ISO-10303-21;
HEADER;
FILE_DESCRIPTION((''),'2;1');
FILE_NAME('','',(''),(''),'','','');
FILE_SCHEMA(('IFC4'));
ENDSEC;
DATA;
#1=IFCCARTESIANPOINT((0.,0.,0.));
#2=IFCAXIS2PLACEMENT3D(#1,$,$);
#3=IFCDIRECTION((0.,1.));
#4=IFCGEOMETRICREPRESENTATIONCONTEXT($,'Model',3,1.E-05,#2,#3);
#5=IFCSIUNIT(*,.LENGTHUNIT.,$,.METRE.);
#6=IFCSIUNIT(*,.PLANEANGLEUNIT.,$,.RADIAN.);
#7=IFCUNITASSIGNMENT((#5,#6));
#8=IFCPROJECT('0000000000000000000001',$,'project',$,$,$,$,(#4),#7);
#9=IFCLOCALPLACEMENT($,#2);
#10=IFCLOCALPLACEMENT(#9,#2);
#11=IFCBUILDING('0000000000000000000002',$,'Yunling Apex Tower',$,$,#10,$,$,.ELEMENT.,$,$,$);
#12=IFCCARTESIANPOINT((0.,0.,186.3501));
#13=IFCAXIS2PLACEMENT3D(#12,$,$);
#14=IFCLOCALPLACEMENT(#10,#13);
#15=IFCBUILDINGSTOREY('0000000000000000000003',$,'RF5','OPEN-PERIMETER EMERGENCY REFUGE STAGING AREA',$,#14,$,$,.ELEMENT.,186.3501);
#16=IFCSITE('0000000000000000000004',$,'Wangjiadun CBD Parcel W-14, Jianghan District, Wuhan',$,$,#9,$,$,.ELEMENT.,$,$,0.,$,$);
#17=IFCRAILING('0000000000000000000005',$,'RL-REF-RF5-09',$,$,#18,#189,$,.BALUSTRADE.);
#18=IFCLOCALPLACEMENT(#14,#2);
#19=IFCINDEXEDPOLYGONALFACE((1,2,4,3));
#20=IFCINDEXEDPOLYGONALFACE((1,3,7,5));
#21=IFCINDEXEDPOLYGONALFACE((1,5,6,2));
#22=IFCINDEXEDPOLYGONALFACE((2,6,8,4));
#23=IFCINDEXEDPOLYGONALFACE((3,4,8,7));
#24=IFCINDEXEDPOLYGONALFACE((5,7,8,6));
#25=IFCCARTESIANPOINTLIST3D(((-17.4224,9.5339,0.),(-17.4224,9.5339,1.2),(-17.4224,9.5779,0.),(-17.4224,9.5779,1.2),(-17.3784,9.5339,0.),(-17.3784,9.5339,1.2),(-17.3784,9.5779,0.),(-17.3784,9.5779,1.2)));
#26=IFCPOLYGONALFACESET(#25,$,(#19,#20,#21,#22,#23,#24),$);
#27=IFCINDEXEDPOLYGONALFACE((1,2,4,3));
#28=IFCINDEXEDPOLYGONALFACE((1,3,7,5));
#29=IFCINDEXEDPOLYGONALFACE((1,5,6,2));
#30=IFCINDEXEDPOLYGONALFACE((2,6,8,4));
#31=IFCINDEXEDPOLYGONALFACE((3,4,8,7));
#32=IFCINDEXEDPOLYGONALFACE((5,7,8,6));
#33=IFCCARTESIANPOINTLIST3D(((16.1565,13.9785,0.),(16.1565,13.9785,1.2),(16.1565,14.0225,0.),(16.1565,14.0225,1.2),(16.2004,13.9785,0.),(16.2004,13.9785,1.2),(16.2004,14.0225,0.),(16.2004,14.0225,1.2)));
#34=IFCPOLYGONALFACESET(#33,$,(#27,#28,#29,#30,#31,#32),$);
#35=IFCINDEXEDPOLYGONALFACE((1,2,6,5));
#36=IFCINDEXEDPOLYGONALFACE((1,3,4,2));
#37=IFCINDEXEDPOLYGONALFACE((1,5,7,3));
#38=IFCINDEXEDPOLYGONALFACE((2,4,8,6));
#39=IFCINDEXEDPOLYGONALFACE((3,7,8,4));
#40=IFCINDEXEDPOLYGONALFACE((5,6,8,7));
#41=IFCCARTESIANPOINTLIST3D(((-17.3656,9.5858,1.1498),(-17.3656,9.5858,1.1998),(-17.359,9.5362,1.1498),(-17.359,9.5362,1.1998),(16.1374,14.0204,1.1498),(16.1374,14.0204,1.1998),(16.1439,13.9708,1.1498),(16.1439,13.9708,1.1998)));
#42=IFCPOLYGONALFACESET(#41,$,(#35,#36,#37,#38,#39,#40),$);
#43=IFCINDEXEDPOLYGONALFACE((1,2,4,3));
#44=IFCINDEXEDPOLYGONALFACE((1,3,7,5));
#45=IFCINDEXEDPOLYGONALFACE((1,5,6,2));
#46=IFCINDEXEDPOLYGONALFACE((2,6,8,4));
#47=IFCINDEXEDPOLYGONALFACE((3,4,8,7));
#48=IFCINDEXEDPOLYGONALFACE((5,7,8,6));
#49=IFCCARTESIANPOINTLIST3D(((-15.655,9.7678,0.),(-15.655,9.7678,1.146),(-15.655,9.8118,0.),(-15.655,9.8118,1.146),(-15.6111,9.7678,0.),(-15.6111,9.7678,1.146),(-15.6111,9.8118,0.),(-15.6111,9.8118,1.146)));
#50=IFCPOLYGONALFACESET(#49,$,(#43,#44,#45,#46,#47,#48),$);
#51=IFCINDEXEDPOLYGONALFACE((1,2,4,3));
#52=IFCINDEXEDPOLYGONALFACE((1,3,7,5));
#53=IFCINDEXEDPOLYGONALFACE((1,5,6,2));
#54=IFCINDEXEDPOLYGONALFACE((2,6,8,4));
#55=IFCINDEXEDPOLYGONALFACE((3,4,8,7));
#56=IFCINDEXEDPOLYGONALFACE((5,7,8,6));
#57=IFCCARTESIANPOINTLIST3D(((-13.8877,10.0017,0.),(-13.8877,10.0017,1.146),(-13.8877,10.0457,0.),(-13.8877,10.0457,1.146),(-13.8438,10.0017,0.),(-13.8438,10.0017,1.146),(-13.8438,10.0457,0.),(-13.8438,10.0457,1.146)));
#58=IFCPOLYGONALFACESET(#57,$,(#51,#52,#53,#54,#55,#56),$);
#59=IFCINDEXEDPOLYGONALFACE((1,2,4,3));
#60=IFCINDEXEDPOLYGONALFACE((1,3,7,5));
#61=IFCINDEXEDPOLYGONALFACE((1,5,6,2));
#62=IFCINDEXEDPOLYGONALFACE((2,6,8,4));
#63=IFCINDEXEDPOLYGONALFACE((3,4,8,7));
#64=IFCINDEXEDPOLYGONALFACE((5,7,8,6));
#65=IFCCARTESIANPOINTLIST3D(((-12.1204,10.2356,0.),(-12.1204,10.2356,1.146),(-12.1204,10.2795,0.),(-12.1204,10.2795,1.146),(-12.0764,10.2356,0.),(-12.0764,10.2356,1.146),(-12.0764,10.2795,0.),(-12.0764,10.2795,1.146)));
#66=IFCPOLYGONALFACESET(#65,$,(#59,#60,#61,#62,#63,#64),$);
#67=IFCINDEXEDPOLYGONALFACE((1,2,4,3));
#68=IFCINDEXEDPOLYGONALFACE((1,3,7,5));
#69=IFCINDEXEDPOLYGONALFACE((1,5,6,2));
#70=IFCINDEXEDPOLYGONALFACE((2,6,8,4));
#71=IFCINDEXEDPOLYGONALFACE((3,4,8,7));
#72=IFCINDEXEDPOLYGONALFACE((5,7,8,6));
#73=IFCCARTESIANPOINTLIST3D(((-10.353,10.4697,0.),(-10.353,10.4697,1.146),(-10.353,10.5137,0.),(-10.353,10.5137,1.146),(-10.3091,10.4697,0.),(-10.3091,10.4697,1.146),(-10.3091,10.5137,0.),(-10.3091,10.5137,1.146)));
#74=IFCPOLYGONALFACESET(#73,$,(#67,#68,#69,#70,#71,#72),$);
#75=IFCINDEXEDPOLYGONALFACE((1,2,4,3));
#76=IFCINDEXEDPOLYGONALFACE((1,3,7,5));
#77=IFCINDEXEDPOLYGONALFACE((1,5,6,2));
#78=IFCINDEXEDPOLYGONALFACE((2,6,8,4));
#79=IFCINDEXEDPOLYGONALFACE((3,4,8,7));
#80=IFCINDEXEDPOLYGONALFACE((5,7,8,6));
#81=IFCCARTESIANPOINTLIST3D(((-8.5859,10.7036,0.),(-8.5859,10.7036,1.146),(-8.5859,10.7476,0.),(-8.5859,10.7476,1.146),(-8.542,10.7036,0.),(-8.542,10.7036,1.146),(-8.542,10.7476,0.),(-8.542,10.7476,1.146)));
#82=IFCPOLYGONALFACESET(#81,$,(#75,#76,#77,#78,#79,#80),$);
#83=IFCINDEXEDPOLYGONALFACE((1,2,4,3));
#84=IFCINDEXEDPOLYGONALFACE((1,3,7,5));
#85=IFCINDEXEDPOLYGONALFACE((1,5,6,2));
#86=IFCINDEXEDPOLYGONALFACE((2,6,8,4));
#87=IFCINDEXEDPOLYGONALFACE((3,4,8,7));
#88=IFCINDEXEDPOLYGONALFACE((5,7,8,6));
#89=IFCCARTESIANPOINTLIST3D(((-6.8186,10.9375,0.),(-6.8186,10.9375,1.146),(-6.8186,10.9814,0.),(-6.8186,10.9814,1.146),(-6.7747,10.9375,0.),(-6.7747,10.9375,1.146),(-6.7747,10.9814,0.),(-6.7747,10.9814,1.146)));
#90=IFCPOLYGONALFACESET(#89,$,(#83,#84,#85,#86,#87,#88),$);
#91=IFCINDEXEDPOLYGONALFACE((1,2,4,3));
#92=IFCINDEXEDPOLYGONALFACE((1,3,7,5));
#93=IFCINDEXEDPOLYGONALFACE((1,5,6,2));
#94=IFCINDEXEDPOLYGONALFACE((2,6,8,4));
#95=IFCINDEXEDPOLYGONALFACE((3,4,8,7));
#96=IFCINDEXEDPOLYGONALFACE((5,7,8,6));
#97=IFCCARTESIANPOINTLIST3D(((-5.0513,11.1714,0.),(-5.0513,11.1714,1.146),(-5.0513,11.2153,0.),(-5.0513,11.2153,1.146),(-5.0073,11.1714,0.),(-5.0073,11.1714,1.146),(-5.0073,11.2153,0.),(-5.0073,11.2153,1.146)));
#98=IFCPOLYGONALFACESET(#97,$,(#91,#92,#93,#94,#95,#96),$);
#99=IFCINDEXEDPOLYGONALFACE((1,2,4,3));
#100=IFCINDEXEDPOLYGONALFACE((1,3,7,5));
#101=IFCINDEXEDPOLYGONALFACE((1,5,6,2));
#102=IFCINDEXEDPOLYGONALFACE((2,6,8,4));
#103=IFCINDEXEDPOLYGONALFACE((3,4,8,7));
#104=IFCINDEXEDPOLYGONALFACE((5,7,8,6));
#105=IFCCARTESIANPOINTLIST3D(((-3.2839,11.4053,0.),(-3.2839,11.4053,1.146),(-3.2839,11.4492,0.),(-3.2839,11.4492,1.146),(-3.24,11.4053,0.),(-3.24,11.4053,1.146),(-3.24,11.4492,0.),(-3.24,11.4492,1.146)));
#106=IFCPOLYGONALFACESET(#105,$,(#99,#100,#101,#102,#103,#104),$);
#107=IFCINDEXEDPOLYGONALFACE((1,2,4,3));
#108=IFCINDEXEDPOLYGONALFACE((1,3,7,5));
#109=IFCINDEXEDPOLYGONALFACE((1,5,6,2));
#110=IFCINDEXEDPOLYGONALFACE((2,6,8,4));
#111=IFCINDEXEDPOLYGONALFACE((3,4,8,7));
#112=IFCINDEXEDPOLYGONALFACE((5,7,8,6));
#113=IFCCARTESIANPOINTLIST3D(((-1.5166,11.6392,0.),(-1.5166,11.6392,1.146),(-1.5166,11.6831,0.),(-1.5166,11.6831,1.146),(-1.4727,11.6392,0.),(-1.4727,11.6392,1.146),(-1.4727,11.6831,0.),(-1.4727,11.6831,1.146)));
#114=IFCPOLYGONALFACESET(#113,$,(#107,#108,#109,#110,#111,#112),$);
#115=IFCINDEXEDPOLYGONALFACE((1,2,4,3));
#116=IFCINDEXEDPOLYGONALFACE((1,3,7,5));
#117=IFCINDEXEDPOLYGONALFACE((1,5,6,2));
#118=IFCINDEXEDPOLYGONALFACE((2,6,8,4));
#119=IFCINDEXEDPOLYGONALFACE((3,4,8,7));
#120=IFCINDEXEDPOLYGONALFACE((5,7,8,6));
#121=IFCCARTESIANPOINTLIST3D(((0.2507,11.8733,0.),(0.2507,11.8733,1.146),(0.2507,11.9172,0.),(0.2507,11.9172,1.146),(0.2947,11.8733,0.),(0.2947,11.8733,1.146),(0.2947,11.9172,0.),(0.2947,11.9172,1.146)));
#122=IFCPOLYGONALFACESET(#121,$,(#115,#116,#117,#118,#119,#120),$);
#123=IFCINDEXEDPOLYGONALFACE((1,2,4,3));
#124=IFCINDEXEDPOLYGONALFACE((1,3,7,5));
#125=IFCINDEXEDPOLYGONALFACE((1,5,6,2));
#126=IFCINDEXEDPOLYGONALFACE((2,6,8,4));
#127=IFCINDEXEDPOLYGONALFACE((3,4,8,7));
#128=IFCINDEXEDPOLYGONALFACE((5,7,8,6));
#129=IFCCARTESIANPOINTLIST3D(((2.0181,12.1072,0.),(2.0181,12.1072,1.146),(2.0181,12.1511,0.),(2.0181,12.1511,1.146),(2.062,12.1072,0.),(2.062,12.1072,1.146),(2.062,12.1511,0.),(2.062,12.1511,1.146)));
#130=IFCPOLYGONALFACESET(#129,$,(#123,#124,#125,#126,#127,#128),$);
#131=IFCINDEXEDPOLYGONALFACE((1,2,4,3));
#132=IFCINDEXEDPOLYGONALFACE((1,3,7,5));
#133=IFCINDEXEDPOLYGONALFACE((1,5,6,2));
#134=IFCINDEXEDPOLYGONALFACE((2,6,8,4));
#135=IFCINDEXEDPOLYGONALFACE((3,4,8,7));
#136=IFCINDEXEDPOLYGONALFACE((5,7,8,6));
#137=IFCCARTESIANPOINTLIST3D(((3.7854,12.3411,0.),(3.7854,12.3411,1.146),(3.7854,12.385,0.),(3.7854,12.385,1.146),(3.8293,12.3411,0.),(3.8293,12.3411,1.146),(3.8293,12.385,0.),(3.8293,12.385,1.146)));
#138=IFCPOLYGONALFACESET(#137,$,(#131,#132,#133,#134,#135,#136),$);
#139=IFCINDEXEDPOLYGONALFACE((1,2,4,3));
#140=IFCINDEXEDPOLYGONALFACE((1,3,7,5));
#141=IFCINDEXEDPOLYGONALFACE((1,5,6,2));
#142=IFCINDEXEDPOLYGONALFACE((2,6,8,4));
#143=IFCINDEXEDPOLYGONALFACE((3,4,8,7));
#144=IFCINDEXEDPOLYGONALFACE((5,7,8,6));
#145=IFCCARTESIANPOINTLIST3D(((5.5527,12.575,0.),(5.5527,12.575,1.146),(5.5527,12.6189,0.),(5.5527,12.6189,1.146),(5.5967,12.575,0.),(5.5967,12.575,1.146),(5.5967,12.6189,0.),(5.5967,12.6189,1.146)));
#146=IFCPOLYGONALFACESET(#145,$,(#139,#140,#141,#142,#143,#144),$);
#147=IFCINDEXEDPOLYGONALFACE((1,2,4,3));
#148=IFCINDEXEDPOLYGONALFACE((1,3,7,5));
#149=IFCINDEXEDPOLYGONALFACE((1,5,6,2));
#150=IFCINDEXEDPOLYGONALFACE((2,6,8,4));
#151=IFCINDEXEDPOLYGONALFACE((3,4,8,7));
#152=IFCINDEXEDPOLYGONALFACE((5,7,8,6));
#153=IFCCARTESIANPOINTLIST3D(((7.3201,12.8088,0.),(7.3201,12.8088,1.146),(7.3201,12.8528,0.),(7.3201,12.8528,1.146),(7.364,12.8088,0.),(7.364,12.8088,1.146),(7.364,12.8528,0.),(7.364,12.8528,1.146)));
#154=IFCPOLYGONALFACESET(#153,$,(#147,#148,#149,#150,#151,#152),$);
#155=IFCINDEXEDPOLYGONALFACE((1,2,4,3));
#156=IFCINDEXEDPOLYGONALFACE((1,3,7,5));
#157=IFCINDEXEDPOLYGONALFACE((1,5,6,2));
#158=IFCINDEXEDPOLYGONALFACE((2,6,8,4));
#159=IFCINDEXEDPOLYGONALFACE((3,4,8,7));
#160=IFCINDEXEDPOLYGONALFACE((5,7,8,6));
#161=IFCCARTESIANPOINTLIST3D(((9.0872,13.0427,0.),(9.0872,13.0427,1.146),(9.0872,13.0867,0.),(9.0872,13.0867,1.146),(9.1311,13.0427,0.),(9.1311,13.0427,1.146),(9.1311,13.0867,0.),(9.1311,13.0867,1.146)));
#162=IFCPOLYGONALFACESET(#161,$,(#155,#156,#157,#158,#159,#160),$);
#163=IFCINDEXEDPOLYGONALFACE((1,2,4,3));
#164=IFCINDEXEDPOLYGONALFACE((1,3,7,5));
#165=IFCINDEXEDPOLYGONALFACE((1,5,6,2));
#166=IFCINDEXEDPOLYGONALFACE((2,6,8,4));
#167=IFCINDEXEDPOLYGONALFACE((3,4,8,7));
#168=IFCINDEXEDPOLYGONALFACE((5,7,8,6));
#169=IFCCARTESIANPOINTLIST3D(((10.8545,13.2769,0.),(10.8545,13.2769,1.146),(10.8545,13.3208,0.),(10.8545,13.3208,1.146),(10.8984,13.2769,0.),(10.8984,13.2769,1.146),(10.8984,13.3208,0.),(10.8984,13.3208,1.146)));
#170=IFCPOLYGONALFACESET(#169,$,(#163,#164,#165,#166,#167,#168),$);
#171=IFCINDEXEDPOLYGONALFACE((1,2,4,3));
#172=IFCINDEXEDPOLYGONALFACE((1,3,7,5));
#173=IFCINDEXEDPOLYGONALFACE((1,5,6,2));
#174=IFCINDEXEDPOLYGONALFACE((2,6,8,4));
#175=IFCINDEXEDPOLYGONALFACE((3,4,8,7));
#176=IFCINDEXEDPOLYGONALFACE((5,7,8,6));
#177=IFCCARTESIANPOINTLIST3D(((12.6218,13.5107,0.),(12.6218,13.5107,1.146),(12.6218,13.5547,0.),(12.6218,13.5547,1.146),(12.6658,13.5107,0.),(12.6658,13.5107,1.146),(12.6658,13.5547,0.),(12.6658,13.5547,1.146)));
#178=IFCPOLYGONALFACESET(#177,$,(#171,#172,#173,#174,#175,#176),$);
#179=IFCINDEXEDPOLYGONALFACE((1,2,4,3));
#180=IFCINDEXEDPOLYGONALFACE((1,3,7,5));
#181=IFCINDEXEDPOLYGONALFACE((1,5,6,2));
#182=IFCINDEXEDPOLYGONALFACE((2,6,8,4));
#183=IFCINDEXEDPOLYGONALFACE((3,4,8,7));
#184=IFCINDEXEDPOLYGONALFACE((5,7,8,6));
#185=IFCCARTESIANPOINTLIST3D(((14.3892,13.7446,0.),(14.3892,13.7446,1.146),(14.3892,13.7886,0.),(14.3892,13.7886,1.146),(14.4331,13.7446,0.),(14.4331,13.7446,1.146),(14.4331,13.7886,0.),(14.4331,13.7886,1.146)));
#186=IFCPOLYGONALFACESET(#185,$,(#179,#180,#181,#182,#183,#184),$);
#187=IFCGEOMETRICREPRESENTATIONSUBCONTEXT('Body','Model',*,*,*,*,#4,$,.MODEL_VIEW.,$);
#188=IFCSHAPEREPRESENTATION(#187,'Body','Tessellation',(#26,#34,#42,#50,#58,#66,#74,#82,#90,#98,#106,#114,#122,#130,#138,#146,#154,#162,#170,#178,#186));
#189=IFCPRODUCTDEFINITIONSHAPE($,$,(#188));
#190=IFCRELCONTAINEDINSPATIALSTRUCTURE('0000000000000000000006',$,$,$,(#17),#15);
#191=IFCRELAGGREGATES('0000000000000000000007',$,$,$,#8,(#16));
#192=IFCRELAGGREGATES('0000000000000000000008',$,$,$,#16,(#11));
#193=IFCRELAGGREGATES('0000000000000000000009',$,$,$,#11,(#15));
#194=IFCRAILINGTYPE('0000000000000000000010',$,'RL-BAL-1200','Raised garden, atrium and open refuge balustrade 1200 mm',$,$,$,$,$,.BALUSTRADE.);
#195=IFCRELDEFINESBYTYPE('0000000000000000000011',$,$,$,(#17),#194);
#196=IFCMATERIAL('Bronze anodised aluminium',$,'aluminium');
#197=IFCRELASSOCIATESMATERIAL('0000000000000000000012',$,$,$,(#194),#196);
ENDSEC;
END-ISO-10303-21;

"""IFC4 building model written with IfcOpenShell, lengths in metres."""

from ifc_helpers import new_model, si_unit, direction, frame, origin, origin_2d, place, context, subcontext, project, spatial, rectangle, extrude, material, type_object, element, save


model = new_model("IFC4")

# Units and contexts
model_context = context("Model", 3, precision=1e-05, world=origin(), true_north=direction((0.0, 1.0)))
body_context = subcontext(model_context, "Body", "Model", "MODEL_VIEW")
ifc_project = project(units=[si_unit("LENGTHUNIT", "METRE"), si_unit("PLANEANGLEUNIT", "RADIAN")], contexts=[model_context])

# Site, building, storey
site_placement = place(None, origin())
site = spatial("IfcSite", under=ifc_project, at=site_placement, Name="Wangjiadun CBD Parcel W-14, Jianghan District, Wuhan", CompositionType="ELEMENT", RefElevation=0.0)
building_placement = place(site_placement, origin())
building = spatial("IfcBuilding", under=site, at=building_placement, Name="Yunling Apex Tower", CompositionType="ELEMENT")
storey_placement = place(building_placement, frame((0.0, 0.0, 186.3501)))
storey = spatial("IfcBuildingStorey", under=building, at=storey_placement, Name="RF5", Description="OPEN-PERIMETER EMERGENCY REFUGE STAGING AREA", CompositionType="ELEMENT", Elevation=186.3501)

# Railing
ifc_material_1 = material(Name="Bronze anodised aluminium", Category="aluminium")
railing_type = type_object("IfcRailingType", Name="RL-BAL-1200", Description="Raised garden, atrium and open refuge balustrade 1200 mm", PredefinedType="BALUSTRADE", material=ifc_material_1)
railing_1_placement = place(storey_placement, frame((-17.4004, 9.5559, 0.0)))
element("IfcRailing", 1, at=railing_1_placement, inside=storey, type_object=railing_type, Name="RL-REF-RF5-09", PredefinedType="BALUSTRADE", context=body_context, shape_type="SweptSolid", body=[
    extrude(rectangle(XDim=0.0439, YDim=0.0439, at=origin_2d()), origin(), (0.0, 0.0, 1.0), 1.2),
    extrude(rectangle(XDim=0.0439, YDim=0.0439, at=origin_2d()), frame((33.5789, 4.4446, 0.0)), (0.0, 0.0, 1.0), 1.2),
    extrude(rectangle(XDim=0.05, YDim=0.05, at=origin_2d()), frame((0.0381, 0.0051, 1.1748), z_axis=(0.991354, 0.131218, 0.0), x_axis=(-0.131218, 0.991354, 0.0)), (0.0, 0.0, 1.0), 33.7952),
    extrude(rectangle(XDim=0.0439, YDim=0.0439, at=origin_2d()), frame((1.7673, 0.2339, 0.0)), (0.0, 0.0, 1.0), 1.146),
    extrude(rectangle(XDim=0.0439, YDim=0.0439, at=origin_2d()), frame((3.5347, 0.4678, 0.0)), (0.0, 0.0, 1.0), 1.146),
    extrude(rectangle(XDim=0.0439, YDim=0.0439, at=origin_2d()), frame((5.302, 0.7017, 0.0)), (0.0, 0.0, 1.0), 1.146),
    extrude(rectangle(XDim=0.0439, YDim=0.0439, at=origin_2d()), frame((7.0693, 0.9358, 0.0)), (0.0, 0.0, 1.0), 1.146),
    extrude(rectangle(XDim=0.0439, YDim=0.0439, at=origin_2d()), frame((8.8364, 1.1697, 0.0)), (0.0, 0.0, 1.0), 1.146),
    extrude(rectangle(XDim=0.0439, YDim=0.0439, at=origin_2d()), frame((10.6038, 1.4036, 0.0)), (0.0, 0.0, 1.0), 1.146),
    extrude(rectangle(XDim=0.0439, YDim=0.0439, at=origin_2d()), frame((12.3711, 1.6375, 0.0)), (0.0, 0.0, 1.0), 1.146),
    extrude(rectangle(XDim=0.0439, YDim=0.0439, at=origin_2d()), frame((14.1384, 1.8713, 0.0)), (0.0, 0.0, 1.0), 1.146),
    extrude(rectangle(XDim=0.0439, YDim=0.0439, at=origin_2d()), frame((15.9058, 2.1052, 0.0)), (0.0, 0.0, 1.0), 1.146),
    extrude(rectangle(XDim=0.0439, YDim=0.0439, at=origin_2d()), frame((17.6731, 2.3394, 0.0)), (0.0, 0.0, 1.0), 1.146),
    extrude(rectangle(XDim=0.0439, YDim=0.0439, at=origin_2d()), frame((19.4404, 2.5732, 0.0)), (0.0, 0.0, 1.0), 1.146),
    extrude(rectangle(XDim=0.0439, YDim=0.0439, at=origin_2d()), frame((21.2078, 2.8071, 0.0)), (0.0, 0.0, 1.0), 1.146),
    extrude(rectangle(XDim=0.0439, YDim=0.0439, at=origin_2d()), frame((22.9751, 3.041, 0.0)), (0.0, 0.0, 1.0), 1.146),
    extrude(rectangle(XDim=0.0439, YDim=0.0439, at=origin_2d()), frame((24.7424, 3.2749, 0.0)), (0.0, 0.0, 1.0), 1.146),
    extrude(rectangle(XDim=0.0439, YDim=0.0439, at=origin_2d()), frame((26.5095, 3.5088, 0.0)), (0.0, 0.0, 1.0), 1.146),
    extrude(rectangle(XDim=0.0439, YDim=0.0439, at=origin_2d()), frame((28.2769, 3.7429, 0.0)), (0.0, 0.0, 1.0), 1.146),
    extrude(rectangle(XDim=0.0439, YDim=0.0439, at=origin_2d()), frame((30.0442, 3.9768, 0.0)), (0.0, 0.0, 1.0), 1.146),
    extrude(rectangle(XDim=0.0439, YDim=0.0439, at=origin_2d()), frame((31.8115, 4.2107, 0.0)), (0.0, 0.0, 1.0), 1.146),
])

save(model, "model.ifc")
